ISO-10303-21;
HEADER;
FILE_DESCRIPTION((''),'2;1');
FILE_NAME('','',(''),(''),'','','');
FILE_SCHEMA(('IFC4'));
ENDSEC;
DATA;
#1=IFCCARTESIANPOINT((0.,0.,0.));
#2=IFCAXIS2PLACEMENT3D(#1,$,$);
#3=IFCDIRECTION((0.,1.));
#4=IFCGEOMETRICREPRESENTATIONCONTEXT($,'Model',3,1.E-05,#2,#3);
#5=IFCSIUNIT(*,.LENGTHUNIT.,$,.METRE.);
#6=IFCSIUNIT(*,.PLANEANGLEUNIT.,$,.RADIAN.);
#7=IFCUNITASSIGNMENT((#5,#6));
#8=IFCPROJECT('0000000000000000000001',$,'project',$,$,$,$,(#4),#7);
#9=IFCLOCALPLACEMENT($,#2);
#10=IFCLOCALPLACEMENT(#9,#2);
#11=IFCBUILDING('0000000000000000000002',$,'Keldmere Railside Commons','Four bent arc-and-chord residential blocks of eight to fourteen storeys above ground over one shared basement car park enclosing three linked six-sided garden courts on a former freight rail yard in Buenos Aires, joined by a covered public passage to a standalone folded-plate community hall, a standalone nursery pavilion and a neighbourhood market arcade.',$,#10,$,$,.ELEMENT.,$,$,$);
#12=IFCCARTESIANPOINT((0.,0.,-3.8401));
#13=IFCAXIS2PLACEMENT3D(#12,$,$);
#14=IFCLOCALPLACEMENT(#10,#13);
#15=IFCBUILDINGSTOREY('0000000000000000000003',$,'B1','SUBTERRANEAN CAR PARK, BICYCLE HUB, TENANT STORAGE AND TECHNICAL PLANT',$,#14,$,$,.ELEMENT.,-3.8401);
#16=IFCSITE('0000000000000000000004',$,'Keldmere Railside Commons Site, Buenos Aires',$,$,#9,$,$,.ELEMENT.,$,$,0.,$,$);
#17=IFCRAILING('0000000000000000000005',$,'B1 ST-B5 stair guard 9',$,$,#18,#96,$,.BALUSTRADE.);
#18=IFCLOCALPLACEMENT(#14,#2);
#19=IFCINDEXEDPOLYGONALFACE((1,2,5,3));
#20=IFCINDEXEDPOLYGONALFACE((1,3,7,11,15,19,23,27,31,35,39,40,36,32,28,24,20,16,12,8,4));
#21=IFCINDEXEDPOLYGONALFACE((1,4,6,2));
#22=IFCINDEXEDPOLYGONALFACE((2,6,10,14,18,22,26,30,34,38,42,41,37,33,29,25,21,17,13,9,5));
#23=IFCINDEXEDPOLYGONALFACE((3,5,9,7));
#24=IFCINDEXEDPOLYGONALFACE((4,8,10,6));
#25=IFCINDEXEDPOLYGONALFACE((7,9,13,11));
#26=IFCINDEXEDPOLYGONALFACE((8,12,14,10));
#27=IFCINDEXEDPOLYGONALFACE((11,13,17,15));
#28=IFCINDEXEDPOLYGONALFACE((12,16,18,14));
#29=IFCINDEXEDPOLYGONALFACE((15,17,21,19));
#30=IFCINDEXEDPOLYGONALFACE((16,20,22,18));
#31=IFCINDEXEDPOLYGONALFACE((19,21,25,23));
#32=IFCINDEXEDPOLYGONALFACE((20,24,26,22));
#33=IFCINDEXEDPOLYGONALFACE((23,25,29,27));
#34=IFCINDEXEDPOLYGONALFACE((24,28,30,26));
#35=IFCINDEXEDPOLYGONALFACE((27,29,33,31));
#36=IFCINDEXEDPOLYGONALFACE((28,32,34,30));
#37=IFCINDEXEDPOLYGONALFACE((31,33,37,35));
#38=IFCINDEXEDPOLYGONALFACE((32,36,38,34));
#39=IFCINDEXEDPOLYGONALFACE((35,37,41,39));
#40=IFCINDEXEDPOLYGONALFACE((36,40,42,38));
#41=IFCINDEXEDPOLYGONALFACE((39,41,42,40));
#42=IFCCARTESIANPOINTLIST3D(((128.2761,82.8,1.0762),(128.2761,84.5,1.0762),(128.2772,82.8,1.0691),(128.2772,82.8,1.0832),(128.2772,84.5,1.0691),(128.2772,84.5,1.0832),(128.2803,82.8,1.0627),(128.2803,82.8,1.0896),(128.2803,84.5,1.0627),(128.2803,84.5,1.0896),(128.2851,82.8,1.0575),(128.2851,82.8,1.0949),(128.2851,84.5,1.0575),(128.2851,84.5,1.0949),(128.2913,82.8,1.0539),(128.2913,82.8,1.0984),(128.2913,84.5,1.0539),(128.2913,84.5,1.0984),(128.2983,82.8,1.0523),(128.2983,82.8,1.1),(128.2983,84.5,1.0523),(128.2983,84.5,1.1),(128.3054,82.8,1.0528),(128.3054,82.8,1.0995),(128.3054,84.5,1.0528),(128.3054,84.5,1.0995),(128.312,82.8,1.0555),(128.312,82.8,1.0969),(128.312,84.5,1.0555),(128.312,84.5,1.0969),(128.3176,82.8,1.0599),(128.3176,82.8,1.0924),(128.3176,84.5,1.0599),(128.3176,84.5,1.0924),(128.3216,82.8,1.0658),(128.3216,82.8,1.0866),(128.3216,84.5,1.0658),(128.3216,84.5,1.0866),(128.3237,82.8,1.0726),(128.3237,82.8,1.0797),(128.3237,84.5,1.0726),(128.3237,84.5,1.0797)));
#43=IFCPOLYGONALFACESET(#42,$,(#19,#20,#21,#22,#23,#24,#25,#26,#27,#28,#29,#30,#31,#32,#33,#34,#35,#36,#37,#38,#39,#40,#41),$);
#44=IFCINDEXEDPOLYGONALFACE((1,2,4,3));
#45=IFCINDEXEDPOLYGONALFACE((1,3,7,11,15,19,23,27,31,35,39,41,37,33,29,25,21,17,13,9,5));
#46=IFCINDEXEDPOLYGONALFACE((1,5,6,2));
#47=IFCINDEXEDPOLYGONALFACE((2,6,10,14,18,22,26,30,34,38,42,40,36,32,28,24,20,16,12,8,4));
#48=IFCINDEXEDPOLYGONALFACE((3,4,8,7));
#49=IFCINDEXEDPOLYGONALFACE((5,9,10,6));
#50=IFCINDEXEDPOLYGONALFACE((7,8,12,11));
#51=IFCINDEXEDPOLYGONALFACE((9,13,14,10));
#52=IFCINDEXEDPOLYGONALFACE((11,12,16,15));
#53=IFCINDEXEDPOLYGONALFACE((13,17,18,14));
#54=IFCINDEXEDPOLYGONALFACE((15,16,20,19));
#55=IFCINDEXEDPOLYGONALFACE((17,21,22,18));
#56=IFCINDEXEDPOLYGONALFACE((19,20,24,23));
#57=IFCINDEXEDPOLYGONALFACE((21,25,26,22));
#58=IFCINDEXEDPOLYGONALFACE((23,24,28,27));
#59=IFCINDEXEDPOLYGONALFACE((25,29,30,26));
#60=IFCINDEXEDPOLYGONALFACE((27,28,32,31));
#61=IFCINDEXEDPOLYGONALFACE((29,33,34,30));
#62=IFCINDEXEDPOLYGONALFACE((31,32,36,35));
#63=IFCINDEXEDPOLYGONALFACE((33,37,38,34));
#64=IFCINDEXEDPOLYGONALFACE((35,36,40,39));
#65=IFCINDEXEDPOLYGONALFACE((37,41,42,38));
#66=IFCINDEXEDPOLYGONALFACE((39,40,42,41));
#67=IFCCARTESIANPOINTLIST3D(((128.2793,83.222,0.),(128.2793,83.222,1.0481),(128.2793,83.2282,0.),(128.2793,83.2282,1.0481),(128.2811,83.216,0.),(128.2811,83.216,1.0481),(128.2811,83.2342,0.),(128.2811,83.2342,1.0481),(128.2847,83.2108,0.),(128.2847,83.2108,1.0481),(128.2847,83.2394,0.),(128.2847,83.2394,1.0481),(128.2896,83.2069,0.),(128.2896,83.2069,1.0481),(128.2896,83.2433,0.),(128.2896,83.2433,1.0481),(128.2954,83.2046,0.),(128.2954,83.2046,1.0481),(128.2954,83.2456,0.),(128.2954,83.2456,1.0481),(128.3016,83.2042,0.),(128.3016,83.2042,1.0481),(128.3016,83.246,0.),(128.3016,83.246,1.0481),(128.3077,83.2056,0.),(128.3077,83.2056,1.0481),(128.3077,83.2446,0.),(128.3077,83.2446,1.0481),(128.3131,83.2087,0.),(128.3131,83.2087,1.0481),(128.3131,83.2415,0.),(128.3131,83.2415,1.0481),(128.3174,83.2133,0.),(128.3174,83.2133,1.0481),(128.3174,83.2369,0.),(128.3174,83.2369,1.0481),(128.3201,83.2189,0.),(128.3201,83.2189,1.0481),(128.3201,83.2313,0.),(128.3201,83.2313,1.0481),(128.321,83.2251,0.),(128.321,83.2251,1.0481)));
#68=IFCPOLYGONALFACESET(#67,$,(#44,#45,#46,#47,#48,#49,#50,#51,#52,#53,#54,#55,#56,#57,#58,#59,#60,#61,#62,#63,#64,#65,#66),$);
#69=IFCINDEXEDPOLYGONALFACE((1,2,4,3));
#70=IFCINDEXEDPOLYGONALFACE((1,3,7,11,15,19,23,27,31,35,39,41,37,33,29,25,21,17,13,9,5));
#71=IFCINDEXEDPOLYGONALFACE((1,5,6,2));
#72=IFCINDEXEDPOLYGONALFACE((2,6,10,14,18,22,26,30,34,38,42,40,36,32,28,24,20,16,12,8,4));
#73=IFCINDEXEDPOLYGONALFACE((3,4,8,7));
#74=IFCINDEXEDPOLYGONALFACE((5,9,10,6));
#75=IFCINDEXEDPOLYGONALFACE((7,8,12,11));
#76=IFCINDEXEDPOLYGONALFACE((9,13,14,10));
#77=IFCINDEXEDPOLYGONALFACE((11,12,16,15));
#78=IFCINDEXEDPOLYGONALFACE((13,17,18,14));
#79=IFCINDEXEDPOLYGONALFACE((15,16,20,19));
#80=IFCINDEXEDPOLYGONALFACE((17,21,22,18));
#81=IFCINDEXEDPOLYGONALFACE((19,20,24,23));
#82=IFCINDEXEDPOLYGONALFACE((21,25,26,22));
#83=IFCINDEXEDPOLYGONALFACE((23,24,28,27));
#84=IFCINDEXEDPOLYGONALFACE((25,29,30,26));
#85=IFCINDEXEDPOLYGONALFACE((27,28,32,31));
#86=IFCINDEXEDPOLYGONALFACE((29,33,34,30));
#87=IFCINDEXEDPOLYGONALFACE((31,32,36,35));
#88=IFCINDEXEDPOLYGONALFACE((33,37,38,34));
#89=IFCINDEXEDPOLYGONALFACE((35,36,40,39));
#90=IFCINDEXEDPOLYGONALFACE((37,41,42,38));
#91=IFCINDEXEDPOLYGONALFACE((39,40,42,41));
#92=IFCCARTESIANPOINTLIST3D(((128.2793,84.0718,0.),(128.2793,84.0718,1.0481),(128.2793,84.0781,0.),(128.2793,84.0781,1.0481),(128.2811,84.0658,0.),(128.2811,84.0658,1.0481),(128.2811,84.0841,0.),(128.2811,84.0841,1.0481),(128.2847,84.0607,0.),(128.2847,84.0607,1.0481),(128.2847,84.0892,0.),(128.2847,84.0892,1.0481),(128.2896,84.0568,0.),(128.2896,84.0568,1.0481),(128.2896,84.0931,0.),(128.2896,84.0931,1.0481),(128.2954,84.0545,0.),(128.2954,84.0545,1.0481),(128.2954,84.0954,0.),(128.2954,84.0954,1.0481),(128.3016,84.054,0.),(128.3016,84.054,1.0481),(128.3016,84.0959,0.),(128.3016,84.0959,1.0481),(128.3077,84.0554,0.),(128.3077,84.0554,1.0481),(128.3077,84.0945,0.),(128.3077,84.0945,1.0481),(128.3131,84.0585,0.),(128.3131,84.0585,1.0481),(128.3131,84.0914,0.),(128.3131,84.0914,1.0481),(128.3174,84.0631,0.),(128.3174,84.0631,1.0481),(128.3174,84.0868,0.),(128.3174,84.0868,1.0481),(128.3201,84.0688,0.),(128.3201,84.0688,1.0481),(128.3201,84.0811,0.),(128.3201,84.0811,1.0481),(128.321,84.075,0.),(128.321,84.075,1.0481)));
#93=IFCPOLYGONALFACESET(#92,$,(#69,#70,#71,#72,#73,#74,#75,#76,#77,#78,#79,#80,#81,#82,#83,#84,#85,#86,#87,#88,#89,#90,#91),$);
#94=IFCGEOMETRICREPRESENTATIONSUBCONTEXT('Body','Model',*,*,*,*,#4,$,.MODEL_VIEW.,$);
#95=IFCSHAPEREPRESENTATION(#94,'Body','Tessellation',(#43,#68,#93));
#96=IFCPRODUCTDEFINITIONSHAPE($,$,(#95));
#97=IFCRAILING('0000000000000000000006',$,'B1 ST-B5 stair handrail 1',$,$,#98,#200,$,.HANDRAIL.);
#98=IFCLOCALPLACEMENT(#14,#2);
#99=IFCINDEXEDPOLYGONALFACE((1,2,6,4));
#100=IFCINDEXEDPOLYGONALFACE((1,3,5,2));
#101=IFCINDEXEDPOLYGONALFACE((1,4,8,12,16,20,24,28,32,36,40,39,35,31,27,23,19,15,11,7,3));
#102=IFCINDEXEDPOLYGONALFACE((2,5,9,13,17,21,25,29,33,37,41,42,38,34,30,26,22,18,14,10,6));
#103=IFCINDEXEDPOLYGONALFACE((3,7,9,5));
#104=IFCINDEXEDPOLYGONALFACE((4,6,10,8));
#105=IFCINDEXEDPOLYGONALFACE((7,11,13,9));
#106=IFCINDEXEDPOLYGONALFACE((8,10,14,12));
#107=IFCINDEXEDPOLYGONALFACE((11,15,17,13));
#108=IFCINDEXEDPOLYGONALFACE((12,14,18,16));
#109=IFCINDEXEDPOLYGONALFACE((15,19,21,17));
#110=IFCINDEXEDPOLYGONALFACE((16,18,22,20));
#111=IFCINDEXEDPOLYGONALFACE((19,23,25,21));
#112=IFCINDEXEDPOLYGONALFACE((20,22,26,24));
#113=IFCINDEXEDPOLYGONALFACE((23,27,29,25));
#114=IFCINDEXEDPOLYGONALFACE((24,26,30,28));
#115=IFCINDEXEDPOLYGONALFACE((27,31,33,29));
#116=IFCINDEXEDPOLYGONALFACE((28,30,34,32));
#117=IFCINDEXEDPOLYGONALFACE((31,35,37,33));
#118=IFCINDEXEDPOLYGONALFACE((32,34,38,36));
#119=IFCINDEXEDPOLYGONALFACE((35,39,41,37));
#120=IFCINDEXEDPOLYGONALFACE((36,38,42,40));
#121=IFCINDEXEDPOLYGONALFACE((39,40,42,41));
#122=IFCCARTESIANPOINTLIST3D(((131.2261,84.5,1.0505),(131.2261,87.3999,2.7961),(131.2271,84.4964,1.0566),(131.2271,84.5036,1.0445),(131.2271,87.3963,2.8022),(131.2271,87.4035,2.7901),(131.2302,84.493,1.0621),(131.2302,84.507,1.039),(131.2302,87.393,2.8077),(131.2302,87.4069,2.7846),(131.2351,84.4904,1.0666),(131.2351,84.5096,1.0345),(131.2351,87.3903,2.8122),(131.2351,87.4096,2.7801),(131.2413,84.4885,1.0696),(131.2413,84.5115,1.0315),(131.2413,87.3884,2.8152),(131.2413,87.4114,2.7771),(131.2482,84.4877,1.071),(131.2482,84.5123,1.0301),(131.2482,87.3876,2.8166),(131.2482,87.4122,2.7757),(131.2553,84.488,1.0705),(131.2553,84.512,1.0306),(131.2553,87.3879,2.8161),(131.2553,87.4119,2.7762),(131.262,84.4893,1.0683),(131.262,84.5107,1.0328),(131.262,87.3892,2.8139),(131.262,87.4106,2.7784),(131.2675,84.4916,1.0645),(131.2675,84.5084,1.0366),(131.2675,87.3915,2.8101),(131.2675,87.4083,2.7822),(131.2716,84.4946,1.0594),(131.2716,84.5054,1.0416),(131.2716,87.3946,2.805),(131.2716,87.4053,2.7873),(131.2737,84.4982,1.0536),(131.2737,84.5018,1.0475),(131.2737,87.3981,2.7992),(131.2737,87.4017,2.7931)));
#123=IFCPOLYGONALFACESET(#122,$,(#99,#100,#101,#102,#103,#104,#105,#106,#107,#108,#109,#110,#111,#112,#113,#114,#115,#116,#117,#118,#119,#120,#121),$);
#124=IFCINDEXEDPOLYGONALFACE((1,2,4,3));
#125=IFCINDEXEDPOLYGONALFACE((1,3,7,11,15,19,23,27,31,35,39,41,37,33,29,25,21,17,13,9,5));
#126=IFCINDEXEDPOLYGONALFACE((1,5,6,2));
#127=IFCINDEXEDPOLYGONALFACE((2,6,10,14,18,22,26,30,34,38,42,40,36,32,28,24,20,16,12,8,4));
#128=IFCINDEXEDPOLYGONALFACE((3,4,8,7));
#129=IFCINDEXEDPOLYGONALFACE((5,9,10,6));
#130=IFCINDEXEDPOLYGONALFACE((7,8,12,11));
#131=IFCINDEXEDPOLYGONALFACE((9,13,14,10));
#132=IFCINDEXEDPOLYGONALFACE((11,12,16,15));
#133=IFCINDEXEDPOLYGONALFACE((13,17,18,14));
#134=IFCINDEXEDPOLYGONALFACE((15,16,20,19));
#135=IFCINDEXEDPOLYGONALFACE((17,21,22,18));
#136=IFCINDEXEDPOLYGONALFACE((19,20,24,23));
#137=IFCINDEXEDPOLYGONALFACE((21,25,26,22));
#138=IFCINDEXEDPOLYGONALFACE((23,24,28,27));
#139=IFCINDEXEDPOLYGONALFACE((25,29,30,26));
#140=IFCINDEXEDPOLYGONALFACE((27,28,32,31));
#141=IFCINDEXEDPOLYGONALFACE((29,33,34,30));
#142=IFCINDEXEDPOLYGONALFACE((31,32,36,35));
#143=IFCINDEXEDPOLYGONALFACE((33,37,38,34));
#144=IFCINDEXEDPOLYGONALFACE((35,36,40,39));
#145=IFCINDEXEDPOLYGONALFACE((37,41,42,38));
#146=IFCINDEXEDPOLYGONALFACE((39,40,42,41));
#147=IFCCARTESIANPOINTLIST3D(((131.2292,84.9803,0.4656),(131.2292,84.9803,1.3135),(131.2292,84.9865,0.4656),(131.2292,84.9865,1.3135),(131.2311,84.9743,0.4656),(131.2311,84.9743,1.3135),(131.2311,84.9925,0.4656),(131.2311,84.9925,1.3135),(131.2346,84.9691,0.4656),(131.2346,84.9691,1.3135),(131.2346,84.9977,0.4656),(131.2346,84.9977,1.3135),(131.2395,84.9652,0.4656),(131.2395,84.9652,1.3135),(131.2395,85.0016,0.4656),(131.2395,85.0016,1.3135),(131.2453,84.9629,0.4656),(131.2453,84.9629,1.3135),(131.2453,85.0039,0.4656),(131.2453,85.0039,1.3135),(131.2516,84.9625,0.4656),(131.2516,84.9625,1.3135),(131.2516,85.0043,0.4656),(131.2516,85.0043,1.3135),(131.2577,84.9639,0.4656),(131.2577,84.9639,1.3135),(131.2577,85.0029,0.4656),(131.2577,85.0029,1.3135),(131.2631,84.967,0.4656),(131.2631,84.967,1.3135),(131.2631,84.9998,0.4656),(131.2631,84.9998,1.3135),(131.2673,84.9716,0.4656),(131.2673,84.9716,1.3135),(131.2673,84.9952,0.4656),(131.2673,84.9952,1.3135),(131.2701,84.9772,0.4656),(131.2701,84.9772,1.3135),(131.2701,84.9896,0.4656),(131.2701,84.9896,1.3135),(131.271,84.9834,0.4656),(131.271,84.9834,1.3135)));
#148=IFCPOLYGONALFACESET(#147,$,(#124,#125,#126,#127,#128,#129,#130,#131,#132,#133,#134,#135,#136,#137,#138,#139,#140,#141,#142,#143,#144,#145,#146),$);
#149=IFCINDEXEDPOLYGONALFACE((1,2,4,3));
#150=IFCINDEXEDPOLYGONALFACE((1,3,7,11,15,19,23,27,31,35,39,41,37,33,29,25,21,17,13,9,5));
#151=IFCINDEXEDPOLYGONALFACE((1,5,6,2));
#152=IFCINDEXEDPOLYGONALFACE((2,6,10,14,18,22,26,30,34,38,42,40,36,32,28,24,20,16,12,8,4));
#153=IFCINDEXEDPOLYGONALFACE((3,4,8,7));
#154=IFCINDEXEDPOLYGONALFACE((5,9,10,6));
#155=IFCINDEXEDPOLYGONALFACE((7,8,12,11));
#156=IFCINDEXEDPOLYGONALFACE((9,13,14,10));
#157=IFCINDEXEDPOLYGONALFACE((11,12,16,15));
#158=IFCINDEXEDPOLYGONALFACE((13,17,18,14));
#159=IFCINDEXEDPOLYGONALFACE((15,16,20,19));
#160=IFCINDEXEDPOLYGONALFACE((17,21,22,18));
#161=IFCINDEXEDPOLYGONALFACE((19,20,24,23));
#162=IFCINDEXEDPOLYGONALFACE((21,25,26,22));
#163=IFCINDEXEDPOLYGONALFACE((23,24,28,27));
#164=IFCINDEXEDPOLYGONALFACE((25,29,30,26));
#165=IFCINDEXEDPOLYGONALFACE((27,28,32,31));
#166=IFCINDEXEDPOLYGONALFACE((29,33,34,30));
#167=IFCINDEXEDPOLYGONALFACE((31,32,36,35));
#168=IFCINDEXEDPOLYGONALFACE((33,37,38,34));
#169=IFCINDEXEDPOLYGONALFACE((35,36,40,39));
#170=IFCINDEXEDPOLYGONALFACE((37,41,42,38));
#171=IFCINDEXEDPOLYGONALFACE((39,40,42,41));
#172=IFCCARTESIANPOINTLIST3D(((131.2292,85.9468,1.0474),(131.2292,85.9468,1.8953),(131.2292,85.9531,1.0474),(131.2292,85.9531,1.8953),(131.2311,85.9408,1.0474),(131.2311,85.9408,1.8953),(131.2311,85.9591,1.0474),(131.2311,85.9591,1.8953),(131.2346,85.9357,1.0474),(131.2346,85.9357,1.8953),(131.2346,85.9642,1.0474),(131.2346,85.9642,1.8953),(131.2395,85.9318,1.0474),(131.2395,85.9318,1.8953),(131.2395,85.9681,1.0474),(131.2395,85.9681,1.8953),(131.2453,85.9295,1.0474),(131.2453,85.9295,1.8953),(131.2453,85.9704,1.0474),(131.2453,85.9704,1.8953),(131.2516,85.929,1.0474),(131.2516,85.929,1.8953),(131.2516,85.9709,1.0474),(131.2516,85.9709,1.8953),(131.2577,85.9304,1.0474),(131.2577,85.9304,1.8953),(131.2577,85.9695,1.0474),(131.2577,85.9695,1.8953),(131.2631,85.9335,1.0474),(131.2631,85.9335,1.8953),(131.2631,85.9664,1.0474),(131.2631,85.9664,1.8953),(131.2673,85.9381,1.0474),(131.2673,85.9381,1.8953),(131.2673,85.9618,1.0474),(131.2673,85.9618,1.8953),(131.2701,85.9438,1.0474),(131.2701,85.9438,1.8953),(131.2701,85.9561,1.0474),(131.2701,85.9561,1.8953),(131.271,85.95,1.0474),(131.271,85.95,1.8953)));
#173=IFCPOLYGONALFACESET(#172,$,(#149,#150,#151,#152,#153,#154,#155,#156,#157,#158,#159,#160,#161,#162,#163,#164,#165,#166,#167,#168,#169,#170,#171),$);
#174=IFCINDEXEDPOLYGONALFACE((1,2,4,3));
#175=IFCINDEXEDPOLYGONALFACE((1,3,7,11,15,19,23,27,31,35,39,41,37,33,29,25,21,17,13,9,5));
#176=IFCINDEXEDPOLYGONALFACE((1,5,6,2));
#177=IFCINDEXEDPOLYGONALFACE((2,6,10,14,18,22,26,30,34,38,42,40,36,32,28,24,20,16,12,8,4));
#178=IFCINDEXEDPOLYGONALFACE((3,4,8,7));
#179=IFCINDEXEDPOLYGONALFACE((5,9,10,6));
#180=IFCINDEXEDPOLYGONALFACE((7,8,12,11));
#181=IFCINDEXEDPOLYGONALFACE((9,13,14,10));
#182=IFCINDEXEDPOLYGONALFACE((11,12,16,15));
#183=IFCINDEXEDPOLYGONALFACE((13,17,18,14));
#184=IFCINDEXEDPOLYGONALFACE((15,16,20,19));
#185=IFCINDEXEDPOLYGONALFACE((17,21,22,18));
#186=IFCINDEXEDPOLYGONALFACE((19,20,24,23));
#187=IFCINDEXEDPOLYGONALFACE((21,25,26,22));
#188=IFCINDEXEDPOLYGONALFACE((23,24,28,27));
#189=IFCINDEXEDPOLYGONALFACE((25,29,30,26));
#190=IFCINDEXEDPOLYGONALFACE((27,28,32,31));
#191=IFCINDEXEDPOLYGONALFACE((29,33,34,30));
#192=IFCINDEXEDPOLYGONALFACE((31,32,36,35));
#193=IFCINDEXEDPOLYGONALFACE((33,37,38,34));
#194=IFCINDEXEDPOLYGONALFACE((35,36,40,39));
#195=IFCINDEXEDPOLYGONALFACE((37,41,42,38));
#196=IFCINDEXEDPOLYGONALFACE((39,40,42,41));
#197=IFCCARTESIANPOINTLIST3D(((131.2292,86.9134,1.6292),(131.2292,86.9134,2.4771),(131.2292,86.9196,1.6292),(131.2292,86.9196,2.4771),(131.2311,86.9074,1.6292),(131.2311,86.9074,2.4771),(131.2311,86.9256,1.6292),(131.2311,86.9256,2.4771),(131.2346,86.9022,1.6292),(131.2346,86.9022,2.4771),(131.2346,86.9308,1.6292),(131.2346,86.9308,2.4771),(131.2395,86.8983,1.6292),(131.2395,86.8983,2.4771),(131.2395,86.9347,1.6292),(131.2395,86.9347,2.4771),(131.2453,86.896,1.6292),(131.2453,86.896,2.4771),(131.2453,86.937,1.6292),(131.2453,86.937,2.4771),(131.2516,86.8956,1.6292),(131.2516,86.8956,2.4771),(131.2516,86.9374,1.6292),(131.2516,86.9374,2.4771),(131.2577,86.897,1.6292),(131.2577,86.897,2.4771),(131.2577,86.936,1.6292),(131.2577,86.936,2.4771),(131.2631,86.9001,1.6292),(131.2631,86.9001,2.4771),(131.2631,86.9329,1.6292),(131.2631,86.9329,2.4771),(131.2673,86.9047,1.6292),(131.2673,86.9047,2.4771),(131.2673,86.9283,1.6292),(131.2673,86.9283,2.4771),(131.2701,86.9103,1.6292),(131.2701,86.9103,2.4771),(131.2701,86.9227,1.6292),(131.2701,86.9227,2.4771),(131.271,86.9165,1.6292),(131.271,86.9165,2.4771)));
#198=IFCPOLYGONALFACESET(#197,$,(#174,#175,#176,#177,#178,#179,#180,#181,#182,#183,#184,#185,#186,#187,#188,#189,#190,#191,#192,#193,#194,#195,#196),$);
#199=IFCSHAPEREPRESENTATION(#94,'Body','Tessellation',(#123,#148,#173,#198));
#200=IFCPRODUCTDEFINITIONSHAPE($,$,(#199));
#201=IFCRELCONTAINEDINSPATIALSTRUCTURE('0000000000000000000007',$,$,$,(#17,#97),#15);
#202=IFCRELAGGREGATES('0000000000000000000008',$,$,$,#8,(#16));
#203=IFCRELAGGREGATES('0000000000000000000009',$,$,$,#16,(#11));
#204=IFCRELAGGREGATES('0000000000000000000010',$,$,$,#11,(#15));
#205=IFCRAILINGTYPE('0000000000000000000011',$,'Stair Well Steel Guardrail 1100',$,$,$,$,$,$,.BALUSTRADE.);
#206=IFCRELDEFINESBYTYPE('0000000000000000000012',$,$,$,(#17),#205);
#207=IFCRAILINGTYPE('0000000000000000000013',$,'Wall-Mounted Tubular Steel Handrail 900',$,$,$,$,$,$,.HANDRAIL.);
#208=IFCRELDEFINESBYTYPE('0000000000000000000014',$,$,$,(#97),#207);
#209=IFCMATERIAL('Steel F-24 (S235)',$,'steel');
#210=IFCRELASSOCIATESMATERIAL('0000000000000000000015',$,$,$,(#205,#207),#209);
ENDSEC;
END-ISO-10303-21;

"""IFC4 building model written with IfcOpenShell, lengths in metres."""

from ifc_helpers import new_model, si_unit, direction, frame, origin, origin_2d, place, context, subcontext, project, spatial, circle, extrude, material, type_object, element, save


model = new_model("IFC4")

# Units and contexts
model_context = context("Model", 3, precision=1e-05, world=origin(), true_north=direction((0.0, 1.0)))
body_context = subcontext(model_context, "Body", "Model", "MODEL_VIEW")
ifc_project = project(units=[si_unit("LENGTHUNIT", "METRE"), si_unit("PLANEANGLEUNIT", "RADIAN")], contexts=[model_context])

# Site, building, storey
site_placement = place(None, origin())
site = spatial("IfcSite", under=ifc_project, at=site_placement, Name="Keldmere Railside Commons Site, Buenos Aires", CompositionType="ELEMENT", RefElevation=0.0)
building_placement = place(site_placement, origin())
building = spatial("IfcBuilding", under=site, at=building_placement, Name="Keldmere Railside Commons", Description="Four bent arc-and-chord residential blocks of eight to fourteen storeys above ground over one shared basement car park enclosing three linked six-sided garden courts on a former freight rail yard in Buenos Aires, joined by a covered public passage to a standalone folded-plate community hall, a standalone nursery pavilion and a neighbourhood market arcade.", CompositionType="ELEMENT")
storey_placement = place(building_placement, frame((0.0, 0.0, -3.8401)))
storey = spatial("IfcBuildingStorey", under=building, at=storey_placement, Name="B1", Description="SUBTERRANEAN CAR PARK, BICYCLE HUB, TENANT STORAGE AND TECHNICAL PLANT", CompositionType="ELEMENT", Elevation=-3.8401)

# Shared definitions
ifc_material_1 = material(Name="Steel F-24 (S235)", Category="steel")

# Railings
railing_type_1 = type_object("IfcRailingType", Name="Stair Well Steel Guardrail 1100", PredefinedType="BALUSTRADE", material=ifc_material_1)
for number, where, name in (
    (1, (128.3, 82.8, 0.0), "B1 ST-B5 stair guard 9"),
):
    element("IfcRailing", number, at=place(storey_placement, frame(where)), inside=storey, type_object=railing_type_1, Name=name, PredefinedType="BALUSTRADE", context=body_context, shape_type="SweptSolid", body=[
        extrude(circle(Radius=0.0239, at=origin_2d()), frame((0.0, 0.0, 1.0762), z_axis=(0.0, 1.0, 0.0), x_axis=(-1.0, 0.0, 0.0)), (0.0, 0.0, 1.0), 1.7),
        extrude(circle(Radius=0.021, at=origin_2d()), frame((0.0, 0.425, 0.0)), (0.0, 0.0, 1.0), 1.0481),
        extrude(circle(Radius=0.021, at=origin_2d()), frame((0.0, 1.2749, 0.0)), (0.0, 0.0, 1.0), 1.0481),
    ])
railing_type_2 = type_object("IfcRailingType", Name="Wall-Mounted Tubular Steel Handrail 900", PredefinedType="HANDRAIL", material=ifc_material_1)
railing_1_placement = place(storey_placement, frame((131.25, 84.5, 0.1746)))
element("IfcRailing", 2, at=railing_1_placement, inside=storey, type_object=railing_type_2, Name="B1 ST-B5 stair handrail 1", PredefinedType="HANDRAIL", context=body_context, shape_type="SweptSolid", body=[
    extrude(circle(Radius=0.0239, at=origin_2d()), frame((0.0, 0.0, 0.876), z_axis=(0.0, 0.856754, 0.515726), x_axis=(-1.0, 0.0, 0.0)), (0.0, 0.0, 1.0), 3.3848),
    extrude(circle(Radius=0.021, at=origin_2d()), frame((0.0, 0.4834, 0.291)), (0.0, 0.0, 1.0), 0.8479),
    extrude(circle(Radius=0.021, at=origin_2d()), frame((0.0, 1.45, 0.8728)), (0.0, 0.0, 1.0), 0.8479),
    extrude(circle(Radius=0.021, at=origin_2d()), frame((0.0, 2.4165, 1.4546)), (0.0, 0.0, 1.0), 0.8479),
])

save(model, "model.ifc")
